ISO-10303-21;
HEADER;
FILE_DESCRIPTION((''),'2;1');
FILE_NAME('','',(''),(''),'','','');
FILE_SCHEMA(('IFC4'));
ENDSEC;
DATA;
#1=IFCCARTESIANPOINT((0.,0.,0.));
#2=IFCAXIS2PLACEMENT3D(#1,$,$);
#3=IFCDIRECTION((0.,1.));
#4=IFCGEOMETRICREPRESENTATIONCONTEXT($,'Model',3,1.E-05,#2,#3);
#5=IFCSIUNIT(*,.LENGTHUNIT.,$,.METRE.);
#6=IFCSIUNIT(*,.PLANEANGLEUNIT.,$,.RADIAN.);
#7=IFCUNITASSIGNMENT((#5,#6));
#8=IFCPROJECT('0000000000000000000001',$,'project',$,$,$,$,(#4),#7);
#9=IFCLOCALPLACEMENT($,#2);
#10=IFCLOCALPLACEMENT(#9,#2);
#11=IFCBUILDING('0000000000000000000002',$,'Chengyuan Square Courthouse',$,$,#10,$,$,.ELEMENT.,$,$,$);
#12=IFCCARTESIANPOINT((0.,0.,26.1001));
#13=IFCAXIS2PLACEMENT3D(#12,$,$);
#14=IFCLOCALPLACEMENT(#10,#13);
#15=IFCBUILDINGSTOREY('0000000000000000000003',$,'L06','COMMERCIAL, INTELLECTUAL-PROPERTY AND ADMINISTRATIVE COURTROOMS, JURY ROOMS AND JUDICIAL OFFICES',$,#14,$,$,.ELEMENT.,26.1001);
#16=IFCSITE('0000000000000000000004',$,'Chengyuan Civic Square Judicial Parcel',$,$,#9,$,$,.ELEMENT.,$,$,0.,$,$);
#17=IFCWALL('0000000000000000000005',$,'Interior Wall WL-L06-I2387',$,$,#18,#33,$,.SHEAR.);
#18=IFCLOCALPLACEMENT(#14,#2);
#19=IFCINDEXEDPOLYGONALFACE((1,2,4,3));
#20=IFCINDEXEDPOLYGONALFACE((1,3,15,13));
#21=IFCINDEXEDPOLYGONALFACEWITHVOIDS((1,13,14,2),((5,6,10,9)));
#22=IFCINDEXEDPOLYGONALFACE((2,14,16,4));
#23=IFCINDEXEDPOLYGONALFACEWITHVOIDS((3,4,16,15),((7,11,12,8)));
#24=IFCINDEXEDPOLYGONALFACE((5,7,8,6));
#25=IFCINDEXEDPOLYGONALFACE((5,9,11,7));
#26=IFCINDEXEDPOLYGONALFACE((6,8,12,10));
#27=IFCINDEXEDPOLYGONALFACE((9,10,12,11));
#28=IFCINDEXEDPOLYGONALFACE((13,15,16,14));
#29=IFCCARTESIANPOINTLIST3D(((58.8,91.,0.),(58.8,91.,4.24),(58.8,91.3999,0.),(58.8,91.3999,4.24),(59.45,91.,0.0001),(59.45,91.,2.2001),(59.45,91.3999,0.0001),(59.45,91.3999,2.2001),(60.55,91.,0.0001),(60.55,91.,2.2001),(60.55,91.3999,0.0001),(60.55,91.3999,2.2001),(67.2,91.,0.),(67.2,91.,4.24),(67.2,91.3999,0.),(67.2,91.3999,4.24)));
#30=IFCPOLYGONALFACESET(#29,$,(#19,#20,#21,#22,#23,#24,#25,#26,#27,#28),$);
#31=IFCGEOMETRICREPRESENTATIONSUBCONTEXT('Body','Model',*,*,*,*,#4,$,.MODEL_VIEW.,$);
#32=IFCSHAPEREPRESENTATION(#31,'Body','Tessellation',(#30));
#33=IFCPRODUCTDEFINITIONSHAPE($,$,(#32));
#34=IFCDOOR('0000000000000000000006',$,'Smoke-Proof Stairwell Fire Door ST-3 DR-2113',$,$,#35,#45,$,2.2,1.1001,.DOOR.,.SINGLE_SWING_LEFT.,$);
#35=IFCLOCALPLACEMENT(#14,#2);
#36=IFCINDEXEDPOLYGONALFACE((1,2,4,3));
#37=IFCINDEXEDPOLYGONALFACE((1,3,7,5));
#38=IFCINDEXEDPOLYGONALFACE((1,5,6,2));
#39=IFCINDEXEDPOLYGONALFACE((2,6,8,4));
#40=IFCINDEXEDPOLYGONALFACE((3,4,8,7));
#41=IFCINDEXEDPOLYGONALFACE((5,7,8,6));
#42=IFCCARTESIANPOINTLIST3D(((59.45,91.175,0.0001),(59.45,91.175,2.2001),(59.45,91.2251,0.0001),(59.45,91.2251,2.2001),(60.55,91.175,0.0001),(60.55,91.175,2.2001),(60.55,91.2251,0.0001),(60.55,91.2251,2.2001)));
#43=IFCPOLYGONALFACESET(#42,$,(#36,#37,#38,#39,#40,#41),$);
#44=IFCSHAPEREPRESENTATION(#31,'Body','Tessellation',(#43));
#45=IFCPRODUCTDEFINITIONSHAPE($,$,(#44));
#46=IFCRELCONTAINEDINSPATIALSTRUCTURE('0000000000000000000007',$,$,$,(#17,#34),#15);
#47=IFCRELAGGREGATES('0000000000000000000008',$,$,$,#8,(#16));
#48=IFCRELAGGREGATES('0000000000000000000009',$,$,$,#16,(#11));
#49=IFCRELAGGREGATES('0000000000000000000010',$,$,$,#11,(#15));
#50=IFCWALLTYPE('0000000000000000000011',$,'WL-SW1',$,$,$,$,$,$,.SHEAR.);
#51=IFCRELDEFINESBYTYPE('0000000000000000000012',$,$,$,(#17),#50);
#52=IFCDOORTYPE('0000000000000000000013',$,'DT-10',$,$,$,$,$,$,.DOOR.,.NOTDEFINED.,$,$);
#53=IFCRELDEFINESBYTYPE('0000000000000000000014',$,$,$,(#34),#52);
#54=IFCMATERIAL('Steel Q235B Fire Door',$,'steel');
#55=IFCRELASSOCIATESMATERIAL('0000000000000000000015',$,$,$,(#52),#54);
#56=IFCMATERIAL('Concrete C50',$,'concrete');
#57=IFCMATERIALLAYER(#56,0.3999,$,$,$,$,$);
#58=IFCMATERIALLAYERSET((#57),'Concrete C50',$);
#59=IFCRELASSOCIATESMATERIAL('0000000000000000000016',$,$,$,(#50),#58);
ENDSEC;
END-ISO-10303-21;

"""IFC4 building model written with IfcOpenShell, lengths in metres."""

from ifc_helpers import new_model, si_unit, direction, frame, frame_2d, origin, place, context, subcontext, project, spatial, rectangle, extrude, material, layer, layer_set, type_object, element, fill, save


model = new_model("IFC4")

# Units and contexts
model_context = context("Model", 3, precision=1e-05, world=origin(), true_north=direction((0.0, 1.0)))
body_context = subcontext(model_context, "Body", "Model", "MODEL_VIEW")
ifc_project = project(units=[si_unit("LENGTHUNIT", "METRE"), si_unit("PLANEANGLEUNIT", "RADIAN")], contexts=[model_context])

# Site, building, storey
site_placement = place(None, origin())
site = spatial("IfcSite", under=ifc_project, at=site_placement, Name="Chengyuan Civic Square Judicial Parcel", CompositionType="ELEMENT", RefElevation=0.0)
building_placement = place(site_placement, origin())
building = spatial("IfcBuilding", under=site, at=building_placement, Name="Chengyuan Square Courthouse", CompositionType="ELEMENT")
storey_placement = place(building_placement, frame((0.0, 0.0, 26.1001)))
storey = spatial("IfcBuildingStorey", under=building, at=storey_placement, Name="L06", Description="COMMERCIAL, INTELLECTUAL-PROPERTY AND ADMINISTRATIVE COURTROOMS, JURY ROOMS AND JUDICIAL OFFICES", CompositionType="ELEMENT", Elevation=26.1001)

# Shared definitions
ifc_material_1 = material(Name="Concrete C50", Category="concrete")

# Shared definitions
ifc_material_2 = material(Name="Steel Q235B Fire Door", Category="steel")
door_type_1 = type_object("IfcDoorType", Name="DT-10", OperationType="NOTDEFINED", PredefinedType="DOOR", material=ifc_material_2)

# Wall, opening, door
ifc_layer_1 = layer(ifc_material_1, 0.3999)
ifc_layer_set_1 = layer_set([ifc_layer_1], Name="Concrete C50")
wall_type_1 = type_object("IfcWallType", Name="WL-SW1", PredefinedType="SHEAR", material=ifc_layer_set_1)
wall_1_placement = place(storey_placement, frame((58.8, 91.2, 0.0), z_axis=(0.0, 0.0, 1.0), x_axis=(1.0, 0.0, 0.0)))
wall_1 = element("IfcWall", 1, at=wall_1_placement, inside=storey, type_object=wall_type_1, Name="Interior Wall WL-L06-I2387", PredefinedType="SHEAR", context=body_context, shape_type="SweptSolid", body=[
    extrude(rectangle(XDim=8.3999, YDim=0.3999, at=frame_2d((4.2, 0.0))), origin(), (0.0, 0.0, 1.0), 4.24),
])
opening_1_placement = place(wall_1_placement, frame((0.6499, 0.0, 0.0)))
opening_1 = element("IfcOpeningElement", 2, at=opening_1_placement, cuts=wall_1, PredefinedType="OPENING", context=body_context, shape_type="SweptSolid", body=[
    extrude(rectangle(XDim=1.1001, YDim=2.2, at=frame_2d((0.55, 1.1001))), frame((0.0, 0.2119, 0.0), z_axis=(0.0, -1.0, 0.0), x_axis=(1.0, 0.0, 0.0)), (0.0, 0.0, 1.0), 0.4238),
])
door_1_placement = place(opening_1_placement, frame((1.1001, 0.0, 0.0), z_axis=(0.0, 0.0, 1.0), x_axis=(-1.0, 0.0, 0.0)))
door_1 = element("IfcDoor", 3, at=door_1_placement, inside=storey, type_object=door_type_1, Name="Smoke-Proof Stairwell Fire Door ST-3 DR-2113", OperationType="SINGLE_SWING_LEFT", OverallHeight=2.2, OverallWidth=1.1001, PredefinedType="DOOR", context=body_context, shape_type="SweptSolid", body=[
    extrude(rectangle(XDim=1.1001, YDim=2.2, at=frame_2d((0.55, 1.1001))), frame((0.0, 0.0249, 0.0), z_axis=(0.0, -1.0, 0.0), x_axis=(1.0, 0.0, 0.0)), (0.0, 0.0, 1.0), 0.05),
])
fill(opening_1, door_1)

save(model, "model.ifc")
